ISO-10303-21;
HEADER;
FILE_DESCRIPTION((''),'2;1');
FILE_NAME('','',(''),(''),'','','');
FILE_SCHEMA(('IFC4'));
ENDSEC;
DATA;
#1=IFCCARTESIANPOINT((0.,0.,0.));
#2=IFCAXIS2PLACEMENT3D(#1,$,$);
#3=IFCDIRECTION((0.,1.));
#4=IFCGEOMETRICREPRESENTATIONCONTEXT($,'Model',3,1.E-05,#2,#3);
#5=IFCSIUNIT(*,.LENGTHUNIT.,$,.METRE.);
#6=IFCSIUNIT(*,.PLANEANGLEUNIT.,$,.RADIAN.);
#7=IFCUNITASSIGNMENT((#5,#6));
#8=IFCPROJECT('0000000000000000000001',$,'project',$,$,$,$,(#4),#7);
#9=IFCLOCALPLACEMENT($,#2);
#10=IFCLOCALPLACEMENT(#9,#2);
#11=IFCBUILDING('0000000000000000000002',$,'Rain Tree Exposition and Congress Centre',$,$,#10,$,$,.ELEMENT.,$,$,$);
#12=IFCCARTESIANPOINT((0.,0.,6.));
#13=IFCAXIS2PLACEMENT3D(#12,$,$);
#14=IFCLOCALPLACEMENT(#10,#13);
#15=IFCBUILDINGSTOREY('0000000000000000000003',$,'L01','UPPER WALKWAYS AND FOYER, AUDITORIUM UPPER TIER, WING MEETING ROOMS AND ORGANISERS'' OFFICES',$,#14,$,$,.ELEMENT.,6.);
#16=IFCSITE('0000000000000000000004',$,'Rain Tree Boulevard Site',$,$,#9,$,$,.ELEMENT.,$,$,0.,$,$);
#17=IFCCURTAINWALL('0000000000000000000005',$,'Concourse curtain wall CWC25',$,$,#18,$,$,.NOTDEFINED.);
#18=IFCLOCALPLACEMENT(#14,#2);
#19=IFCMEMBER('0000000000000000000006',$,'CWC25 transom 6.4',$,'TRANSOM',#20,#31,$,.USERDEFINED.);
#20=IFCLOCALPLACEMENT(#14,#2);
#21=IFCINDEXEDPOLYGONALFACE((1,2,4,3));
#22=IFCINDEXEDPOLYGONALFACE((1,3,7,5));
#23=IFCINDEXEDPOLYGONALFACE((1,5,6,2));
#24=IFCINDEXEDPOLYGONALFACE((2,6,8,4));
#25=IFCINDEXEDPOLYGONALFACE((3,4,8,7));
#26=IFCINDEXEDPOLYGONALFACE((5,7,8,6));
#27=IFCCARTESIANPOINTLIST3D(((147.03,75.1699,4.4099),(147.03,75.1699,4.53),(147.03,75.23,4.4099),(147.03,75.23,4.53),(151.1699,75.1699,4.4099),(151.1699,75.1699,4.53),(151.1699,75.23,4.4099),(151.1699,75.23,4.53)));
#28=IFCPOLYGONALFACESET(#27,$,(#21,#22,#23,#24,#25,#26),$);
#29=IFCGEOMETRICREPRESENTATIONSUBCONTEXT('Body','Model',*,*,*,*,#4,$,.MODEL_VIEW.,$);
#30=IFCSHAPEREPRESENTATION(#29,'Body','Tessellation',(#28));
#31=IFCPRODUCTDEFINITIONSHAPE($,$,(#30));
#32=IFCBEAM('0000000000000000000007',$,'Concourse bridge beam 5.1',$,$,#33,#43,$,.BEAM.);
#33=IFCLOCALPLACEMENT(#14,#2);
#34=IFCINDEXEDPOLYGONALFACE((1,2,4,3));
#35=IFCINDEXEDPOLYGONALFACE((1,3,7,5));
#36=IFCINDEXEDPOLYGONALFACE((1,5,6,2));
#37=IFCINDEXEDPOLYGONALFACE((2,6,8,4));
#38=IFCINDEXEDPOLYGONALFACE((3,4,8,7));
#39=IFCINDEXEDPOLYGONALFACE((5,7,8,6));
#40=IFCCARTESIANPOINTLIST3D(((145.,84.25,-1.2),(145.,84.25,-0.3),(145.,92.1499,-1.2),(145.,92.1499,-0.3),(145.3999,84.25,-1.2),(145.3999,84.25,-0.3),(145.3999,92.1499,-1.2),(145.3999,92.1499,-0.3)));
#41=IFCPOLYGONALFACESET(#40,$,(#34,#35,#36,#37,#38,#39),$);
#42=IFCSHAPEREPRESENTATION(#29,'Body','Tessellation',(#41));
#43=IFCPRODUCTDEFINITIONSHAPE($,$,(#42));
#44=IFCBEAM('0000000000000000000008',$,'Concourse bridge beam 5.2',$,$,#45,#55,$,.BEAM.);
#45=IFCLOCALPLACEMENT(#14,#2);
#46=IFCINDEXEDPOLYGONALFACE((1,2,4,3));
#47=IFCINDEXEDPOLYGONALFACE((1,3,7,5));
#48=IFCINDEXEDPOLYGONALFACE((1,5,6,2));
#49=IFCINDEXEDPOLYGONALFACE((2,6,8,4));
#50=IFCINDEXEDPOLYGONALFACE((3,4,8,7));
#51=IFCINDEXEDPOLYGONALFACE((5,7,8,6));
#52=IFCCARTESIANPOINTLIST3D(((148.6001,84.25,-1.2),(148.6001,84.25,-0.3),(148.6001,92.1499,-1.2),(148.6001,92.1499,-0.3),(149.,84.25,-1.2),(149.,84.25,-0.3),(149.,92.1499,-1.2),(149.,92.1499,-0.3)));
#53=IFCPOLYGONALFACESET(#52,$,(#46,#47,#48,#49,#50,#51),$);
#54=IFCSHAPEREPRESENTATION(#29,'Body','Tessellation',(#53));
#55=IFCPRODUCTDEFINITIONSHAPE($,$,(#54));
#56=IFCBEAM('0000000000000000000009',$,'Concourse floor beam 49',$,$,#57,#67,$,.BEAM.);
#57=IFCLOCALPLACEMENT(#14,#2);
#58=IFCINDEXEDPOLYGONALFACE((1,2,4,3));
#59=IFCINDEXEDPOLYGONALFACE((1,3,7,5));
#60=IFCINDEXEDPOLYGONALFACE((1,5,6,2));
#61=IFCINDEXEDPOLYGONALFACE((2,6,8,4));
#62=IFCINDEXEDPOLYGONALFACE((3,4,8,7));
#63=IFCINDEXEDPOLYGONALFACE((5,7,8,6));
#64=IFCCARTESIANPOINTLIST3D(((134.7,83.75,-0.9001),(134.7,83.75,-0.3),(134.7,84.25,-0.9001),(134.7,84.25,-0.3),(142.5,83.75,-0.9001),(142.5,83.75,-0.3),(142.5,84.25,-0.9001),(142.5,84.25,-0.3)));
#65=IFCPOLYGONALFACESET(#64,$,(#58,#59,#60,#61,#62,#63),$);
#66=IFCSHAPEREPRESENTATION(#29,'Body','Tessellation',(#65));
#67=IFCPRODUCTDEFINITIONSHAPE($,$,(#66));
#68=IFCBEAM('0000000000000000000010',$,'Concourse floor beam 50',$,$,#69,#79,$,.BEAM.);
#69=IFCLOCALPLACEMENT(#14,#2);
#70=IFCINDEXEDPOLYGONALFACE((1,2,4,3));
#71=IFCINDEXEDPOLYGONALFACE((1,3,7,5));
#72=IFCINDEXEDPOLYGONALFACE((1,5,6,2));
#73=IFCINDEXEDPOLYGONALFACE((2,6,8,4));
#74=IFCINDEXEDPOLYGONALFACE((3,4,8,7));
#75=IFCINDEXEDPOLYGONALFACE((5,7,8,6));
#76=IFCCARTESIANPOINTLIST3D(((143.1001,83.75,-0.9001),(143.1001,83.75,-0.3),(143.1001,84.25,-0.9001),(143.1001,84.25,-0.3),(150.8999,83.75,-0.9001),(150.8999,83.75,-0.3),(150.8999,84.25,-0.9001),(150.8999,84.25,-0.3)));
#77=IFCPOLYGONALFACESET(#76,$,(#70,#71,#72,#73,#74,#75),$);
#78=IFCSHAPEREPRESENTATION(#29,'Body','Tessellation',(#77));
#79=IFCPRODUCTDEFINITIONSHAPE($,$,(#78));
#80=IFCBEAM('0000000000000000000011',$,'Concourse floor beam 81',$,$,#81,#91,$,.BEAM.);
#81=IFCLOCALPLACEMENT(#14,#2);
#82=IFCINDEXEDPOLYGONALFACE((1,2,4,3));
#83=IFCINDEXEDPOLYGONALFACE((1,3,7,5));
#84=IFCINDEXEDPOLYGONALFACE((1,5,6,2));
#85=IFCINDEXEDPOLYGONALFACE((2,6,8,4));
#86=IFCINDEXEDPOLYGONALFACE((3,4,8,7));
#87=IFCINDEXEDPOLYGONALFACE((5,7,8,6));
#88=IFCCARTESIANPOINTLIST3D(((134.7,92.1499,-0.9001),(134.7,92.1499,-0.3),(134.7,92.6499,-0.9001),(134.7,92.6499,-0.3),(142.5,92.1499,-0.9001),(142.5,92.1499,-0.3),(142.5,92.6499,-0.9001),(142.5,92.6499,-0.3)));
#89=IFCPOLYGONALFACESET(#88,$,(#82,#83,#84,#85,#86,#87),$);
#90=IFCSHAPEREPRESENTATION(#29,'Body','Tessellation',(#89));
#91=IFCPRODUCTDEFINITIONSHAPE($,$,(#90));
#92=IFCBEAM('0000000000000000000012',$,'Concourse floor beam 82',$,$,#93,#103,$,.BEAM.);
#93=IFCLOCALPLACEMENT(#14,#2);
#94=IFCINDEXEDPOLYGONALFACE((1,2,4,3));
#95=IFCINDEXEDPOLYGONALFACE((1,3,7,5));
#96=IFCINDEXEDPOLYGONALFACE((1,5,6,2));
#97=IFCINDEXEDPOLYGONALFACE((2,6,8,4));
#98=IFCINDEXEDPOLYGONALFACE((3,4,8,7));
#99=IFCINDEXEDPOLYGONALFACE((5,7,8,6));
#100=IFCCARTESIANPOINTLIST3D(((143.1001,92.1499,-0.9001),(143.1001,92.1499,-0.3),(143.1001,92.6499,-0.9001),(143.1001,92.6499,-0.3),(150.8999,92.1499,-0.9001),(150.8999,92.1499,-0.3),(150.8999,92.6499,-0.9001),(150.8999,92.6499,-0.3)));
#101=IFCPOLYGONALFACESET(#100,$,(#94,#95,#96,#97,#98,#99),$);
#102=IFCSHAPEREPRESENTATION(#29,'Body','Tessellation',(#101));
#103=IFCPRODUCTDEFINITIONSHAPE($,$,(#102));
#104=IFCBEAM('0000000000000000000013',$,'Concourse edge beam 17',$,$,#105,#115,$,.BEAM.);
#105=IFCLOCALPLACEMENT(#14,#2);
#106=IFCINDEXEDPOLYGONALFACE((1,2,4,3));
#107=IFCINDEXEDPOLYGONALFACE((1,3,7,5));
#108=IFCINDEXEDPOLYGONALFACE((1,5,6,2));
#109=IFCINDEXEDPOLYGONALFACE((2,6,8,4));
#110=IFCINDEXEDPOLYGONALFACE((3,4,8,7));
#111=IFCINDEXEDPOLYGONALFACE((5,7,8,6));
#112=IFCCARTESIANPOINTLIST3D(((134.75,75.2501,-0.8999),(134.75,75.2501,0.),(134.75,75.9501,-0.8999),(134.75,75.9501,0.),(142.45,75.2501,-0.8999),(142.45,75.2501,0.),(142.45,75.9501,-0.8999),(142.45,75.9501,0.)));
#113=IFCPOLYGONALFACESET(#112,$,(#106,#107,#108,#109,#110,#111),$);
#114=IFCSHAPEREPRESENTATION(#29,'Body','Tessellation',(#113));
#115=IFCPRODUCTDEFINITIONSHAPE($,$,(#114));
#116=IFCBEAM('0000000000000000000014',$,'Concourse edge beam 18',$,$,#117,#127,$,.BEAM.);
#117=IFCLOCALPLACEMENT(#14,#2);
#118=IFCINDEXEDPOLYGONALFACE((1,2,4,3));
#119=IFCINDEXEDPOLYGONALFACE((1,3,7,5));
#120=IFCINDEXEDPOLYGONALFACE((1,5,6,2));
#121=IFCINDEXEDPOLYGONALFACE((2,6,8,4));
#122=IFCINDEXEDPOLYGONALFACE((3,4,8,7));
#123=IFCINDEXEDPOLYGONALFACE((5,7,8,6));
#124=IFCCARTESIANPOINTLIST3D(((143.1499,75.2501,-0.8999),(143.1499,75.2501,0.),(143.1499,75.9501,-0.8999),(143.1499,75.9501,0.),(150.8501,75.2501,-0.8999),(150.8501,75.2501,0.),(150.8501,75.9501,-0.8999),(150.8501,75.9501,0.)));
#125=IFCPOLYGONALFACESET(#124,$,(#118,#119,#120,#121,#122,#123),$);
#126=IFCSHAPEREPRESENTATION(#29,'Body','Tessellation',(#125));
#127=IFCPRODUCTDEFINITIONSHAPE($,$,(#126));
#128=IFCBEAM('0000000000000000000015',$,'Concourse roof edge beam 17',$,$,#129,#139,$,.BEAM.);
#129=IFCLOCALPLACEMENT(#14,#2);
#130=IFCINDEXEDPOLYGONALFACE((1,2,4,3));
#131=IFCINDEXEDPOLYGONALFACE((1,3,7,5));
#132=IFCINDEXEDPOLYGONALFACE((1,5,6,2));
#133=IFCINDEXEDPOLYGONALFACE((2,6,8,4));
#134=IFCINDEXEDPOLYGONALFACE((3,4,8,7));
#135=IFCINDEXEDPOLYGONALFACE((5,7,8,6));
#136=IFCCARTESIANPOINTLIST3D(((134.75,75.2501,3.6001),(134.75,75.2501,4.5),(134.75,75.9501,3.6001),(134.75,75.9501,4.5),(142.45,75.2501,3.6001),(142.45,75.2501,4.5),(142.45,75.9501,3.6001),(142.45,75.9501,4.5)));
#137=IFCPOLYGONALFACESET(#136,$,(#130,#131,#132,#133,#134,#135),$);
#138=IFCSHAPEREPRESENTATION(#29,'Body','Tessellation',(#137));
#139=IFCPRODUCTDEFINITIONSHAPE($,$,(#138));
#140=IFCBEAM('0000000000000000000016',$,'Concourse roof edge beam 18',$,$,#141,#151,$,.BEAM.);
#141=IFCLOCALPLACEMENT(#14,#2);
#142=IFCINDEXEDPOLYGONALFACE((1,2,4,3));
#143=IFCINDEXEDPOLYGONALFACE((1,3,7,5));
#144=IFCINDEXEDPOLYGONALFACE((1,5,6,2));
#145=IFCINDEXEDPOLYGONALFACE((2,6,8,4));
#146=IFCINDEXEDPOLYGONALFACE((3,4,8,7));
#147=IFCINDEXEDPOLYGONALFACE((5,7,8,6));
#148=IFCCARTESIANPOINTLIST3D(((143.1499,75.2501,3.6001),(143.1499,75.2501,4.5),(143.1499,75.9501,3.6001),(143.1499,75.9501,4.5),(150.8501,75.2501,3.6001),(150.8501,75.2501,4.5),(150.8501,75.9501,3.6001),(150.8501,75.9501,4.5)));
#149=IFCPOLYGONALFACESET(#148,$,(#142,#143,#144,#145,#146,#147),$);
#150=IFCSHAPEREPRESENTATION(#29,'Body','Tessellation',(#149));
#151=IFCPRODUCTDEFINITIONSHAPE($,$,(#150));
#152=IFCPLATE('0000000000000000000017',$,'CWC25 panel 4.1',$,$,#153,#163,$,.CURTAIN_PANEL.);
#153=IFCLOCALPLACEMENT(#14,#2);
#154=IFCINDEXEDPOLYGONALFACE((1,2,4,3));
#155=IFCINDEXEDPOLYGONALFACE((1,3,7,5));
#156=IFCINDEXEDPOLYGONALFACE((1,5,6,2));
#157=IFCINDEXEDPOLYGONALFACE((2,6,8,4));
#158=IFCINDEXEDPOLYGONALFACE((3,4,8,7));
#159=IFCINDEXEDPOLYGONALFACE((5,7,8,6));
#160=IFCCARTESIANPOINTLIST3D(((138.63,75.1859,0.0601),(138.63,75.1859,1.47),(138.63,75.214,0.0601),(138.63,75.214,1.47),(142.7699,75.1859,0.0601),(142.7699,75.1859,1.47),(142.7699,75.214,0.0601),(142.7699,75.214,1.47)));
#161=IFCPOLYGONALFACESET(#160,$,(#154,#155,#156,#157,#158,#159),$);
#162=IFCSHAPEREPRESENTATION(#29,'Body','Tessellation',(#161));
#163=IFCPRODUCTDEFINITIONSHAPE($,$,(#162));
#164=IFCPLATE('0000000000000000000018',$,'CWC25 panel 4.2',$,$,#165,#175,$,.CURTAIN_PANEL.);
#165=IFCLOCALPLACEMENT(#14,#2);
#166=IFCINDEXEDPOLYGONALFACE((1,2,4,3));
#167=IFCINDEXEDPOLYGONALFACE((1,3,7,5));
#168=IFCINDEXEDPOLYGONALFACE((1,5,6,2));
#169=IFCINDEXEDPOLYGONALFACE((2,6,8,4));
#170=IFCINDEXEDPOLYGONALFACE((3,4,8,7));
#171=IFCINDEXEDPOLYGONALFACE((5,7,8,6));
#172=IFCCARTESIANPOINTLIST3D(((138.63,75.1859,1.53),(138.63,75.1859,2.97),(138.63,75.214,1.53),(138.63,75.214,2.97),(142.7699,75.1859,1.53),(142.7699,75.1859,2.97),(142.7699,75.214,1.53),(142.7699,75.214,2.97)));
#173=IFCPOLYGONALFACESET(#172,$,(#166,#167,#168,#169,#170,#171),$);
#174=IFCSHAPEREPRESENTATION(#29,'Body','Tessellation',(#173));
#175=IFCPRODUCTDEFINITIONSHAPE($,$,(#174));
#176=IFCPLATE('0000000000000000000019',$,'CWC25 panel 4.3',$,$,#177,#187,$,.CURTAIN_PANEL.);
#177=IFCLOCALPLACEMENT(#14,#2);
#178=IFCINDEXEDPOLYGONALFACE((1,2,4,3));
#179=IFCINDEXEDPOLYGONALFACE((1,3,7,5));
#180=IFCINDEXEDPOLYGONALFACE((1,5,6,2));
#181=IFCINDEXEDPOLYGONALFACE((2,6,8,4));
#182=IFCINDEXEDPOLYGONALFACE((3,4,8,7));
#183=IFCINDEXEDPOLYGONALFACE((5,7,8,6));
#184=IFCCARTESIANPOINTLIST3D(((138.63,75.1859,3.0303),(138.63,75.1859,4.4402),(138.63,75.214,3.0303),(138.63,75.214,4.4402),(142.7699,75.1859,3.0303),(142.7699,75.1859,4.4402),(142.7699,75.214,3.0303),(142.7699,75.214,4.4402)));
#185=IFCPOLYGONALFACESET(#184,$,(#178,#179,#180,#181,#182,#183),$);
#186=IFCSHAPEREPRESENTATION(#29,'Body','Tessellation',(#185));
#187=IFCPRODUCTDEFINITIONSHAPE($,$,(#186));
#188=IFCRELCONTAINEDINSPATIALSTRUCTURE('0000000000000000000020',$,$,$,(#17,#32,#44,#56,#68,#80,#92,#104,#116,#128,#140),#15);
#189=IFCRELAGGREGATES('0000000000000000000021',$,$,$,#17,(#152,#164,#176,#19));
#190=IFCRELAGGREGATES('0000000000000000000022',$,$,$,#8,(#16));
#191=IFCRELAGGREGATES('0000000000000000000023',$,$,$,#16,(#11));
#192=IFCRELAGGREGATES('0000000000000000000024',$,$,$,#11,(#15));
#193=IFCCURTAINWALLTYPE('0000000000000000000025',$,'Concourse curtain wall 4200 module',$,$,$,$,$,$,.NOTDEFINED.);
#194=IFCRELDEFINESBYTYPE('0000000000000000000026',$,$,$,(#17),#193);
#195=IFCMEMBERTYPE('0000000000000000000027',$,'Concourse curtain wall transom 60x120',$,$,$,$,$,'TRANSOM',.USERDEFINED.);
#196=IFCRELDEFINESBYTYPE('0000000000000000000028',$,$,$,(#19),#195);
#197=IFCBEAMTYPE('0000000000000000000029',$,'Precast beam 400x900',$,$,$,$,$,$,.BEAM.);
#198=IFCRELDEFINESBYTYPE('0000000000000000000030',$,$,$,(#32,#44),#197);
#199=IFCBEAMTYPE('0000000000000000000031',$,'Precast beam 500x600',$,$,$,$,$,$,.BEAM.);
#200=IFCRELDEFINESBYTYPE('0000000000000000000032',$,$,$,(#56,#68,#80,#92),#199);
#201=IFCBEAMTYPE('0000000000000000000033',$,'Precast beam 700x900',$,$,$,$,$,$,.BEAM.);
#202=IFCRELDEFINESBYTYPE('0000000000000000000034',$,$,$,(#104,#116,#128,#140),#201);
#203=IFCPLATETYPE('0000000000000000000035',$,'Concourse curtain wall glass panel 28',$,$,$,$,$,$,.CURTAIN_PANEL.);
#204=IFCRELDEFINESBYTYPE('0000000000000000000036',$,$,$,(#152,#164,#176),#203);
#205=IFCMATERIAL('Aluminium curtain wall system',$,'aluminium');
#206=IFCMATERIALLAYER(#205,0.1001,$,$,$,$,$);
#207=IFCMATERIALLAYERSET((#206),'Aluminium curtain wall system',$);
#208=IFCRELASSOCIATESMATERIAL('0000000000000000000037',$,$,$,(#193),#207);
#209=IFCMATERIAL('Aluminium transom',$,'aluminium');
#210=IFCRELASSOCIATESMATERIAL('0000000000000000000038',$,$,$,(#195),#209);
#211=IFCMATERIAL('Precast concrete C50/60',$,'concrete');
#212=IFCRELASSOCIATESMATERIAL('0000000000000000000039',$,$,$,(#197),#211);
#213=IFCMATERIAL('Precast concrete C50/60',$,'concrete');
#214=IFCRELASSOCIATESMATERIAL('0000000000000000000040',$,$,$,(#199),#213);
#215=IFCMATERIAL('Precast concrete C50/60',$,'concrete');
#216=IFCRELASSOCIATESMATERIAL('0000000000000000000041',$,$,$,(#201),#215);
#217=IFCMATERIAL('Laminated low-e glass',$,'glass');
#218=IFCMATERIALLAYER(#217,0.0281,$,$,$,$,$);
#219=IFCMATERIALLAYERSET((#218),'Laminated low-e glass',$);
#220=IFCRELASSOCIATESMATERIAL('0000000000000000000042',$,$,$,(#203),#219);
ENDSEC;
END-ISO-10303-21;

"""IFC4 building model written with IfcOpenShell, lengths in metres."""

from ifc_helpers import new_model, si_unit, direction, frame, origin, origin_2d, place, context, subcontext, project, spatial, rectangle, extrude, material, layer, layer_set, material_profile, profile_set, type_object, element, aggregate, save


model = new_model("IFC4")

# Units and contexts
model_context = context("Model", 3, precision=1e-05, world=origin(), true_north=direction((0.0, 1.0)))
body_context = subcontext(model_context, "Body", "Model", "MODEL_VIEW")
ifc_project = project(units=[si_unit("LENGTHUNIT", "METRE"), si_unit("PLANEANGLEUNIT", "RADIAN")], contexts=[model_context])

# Site, building, storey
site_placement = place(None, origin())
site = spatial("IfcSite", under=ifc_project, at=site_placement, Name="Rain Tree Boulevard Site", CompositionType="ELEMENT", RefElevation=0.0)
building_placement = place(site_placement, origin())
building = spatial("IfcBuilding", under=site, at=building_placement, Name="Rain Tree Exposition and Congress Centre", CompositionType="ELEMENT")
storey_placement = place(building_placement, frame((0.0, 0.0, 6.0)))
storey = spatial("IfcBuildingStorey", under=building, at=storey_placement, Name="L01", Description="UPPER WALKWAYS AND FOYER, AUDITORIUM UPPER TIER, WING MEETING ROOMS AND ORGANISERS' OFFICES", CompositionType="ELEMENT", Elevation=6.0)

# Curtain wall, member
ifc_material_1 = material(Name="Aluminium curtain wall system", Category="aluminium")
ifc_layer_1 = layer(ifc_material_1, 0.1001)
ifc_layer_set_1 = layer_set([ifc_layer_1], Name="Aluminium curtain wall system")
curtain_wall_type = type_object("IfcCurtainWallType", Name="Concourse curtain wall 4200 module", PredefinedType="NOTDEFINED", material=ifc_layer_set_1)
curtain_wall_placement = place(storey_placement, origin())
curtain_wall = element("IfcCurtainWall", 1, at=curtain_wall_placement, inside=storey, type_object=curtain_wall_type, Name="Concourse curtain wall CWC25", PredefinedType="NOTDEFINED")
ifc_material_2 = material(Name="Aluminium transom", Category="aluminium")
ifc_material_profile_1 = material_profile(ifc_material_2, rectangle(XDim=0.0601, YDim=0.1201, at=origin_2d()), Name="AL 60x120")
ifc_profile_set_1 = profile_set([ifc_material_profile_1], Name="Aluminium transom")
member_type_1 = type_object("IfcMemberType", Name="Concourse curtain wall transom 60x120", ElementType="TRANSOM", PredefinedType="USERDEFINED", material=ifc_profile_set_1)
member_1_placement = place(storey_placement, frame((147.03, 75.2, 4.47), z_axis=(1.0, 0.0, 0.0), x_axis=(0.0, 1.0, 0.0)))
member_1 = element("IfcMember", 2, at=member_1_placement, type_object=member_type_1, Name="CWC25 transom 6.4", ObjectType="TRANSOM", PredefinedType="USERDEFINED", context=body_context, shape_type="SweptSolid", body=[
    extrude(rectangle(XDim=0.0601, YDim=0.1201, at=origin_2d()), origin(), (0.0, 0.0, 1.0), 4.1399),
])

# Beams
ifc_material_3 = material(Name="Precast concrete C50/60", Category="concrete")
ifc_material_profile_2 = material_profile(ifc_material_3, rectangle(XDim=0.3999, YDim=0.8999, at=origin_2d()), Name="RC 400x900")
ifc_profile_set_2 = profile_set([ifc_material_profile_2], Name="Precast concrete C50/60")
beam_type_1 = type_object("IfcBeamType", Name="Precast beam 400x900", PredefinedType="BEAM", material=ifc_profile_set_2)
for number, where, z_axis, x_axis, name in (
    (3, (145.2, 84.25, -0.75), (0.0, 1.0, 0.0), (-1.0, 0.0, 0.0), "Concourse bridge beam 5.1"),
    (4, (148.8, 84.25, -0.75), (0.0, 1.0, 0.0), (-1.0, 0.0, 0.0), "Concourse bridge beam 5.2"),
):
    element("IfcBeam", number, at=place(storey_placement, frame(where, z_axis=z_axis, x_axis=x_axis)), inside=storey, type_object=beam_type_1, Name=name, PredefinedType="BEAM", context=body_context, shape_type="SweptSolid", body=[
        extrude(rectangle(XDim=0.3999, YDim=0.8999, at=origin_2d()), origin(), (0.0, 0.0, 1.0), 7.8999),
    ])
ifc_material_4 = material(Name="Precast concrete C50/60", Category="concrete")
ifc_material_profile_3 = material_profile(ifc_material_4, rectangle(XDim=0.5, YDim=0.6001, at=origin_2d()), Name="RC 500x600")
ifc_profile_set_3 = profile_set([ifc_material_profile_3], Name="Precast concrete C50/60")
beam_type_2 = type_object("IfcBeamType", Name="Precast beam 500x600", PredefinedType="BEAM", material=ifc_profile_set_3)
beam_1_placement = place(storey_placement, frame((134.7, 84.0, -0.6001), z_axis=(1.0, 0.0, 0.0), x_axis=(0.0, 1.0, 0.0)))
element("IfcBeam", 5, at=beam_1_placement, inside=storey, type_object=beam_type_2, Name="Concourse floor beam 49", PredefinedType="BEAM", context=body_context, shape_type="SweptSolid", body=[
    extrude(rectangle(XDim=0.5, YDim=0.6001, at=origin_2d()), origin(), (0.0, 0.0, 1.0), 7.8),
])
beam_2_placement = place(storey_placement, frame((143.1001, 84.0, -0.6001), z_axis=(1.0, 0.0, 0.0), x_axis=(0.0, 1.0, 0.0)))
element("IfcBeam", 6, at=beam_2_placement, inside=storey, type_object=beam_type_2, Name="Concourse floor beam 50", PredefinedType="BEAM", context=body_context, shape_type="SweptSolid", body=[
    extrude(rectangle(XDim=0.5, YDim=0.6001, at=origin_2d()), origin(), (0.0, 0.0, 1.0), 7.7998),
])
beam_3_placement = place(storey_placement, frame((134.7, 92.3999, -0.6001), z_axis=(1.0, 0.0, 0.0), x_axis=(0.0, 1.0, 0.0)))
element("IfcBeam", 7, at=beam_3_placement, inside=storey, type_object=beam_type_2, Name="Concourse floor beam 81", PredefinedType="BEAM", context=body_context, shape_type="SweptSolid", body=[
    extrude(rectangle(XDim=0.5, YDim=0.6001, at=origin_2d()), origin(), (0.0, 0.0, 1.0), 7.8),
])
beam_4_placement = place(storey_placement, frame((143.1001, 92.3999, -0.6001), z_axis=(1.0, 0.0, 0.0), x_axis=(0.0, 1.0, 0.0)))
element("IfcBeam", 8, at=beam_4_placement, inside=storey, type_object=beam_type_2, Name="Concourse floor beam 82", PredefinedType="BEAM", context=body_context, shape_type="SweptSolid", body=[
    extrude(rectangle(XDim=0.5, YDim=0.6001, at=origin_2d()), origin(), (0.0, 0.0, 1.0), 7.7998),
])
ifc_material_5 = material(Name="Precast concrete C50/60", Category="concrete")
ifc_material_profile_4 = material_profile(ifc_material_5, rectangle(XDim=0.7, YDim=0.8999, at=origin_2d()), Name="RC 700x900")
ifc_profile_set_4 = profile_set([ifc_material_profile_4], Name="Precast concrete C50/60")
beam_type_3 = type_object("IfcBeamType", Name="Precast beam 700x900", PredefinedType="BEAM", material=ifc_profile_set_4)
beam_5_placement = place(storey_placement, frame((134.75, 75.6001, -0.45), z_axis=(1.0, 0.0, 0.0), x_axis=(0.0, 1.0, 0.0)))
element("IfcBeam", 9, at=beam_5_placement, inside=storey, type_object=beam_type_3, Name="Concourse edge beam 17", PredefinedType="BEAM", context=body_context, shape_type="SweptSolid", body=[
    extrude(rectangle(XDim=0.7, YDim=0.8999, at=origin_2d()), origin(), (0.0, 0.0, 1.0), 7.7),
])
beam_6_placement = place(storey_placement, frame((143.1499, 75.6001, -0.45), z_axis=(1.0, 0.0, 0.0), x_axis=(0.0, 1.0, 0.0)))
element("IfcBeam", 10, at=beam_6_placement, inside=storey, type_object=beam_type_3, Name="Concourse edge beam 18", PredefinedType="BEAM", context=body_context, shape_type="SweptSolid", body=[
    extrude(rectangle(XDim=0.7, YDim=0.8999, at=origin_2d()), origin(), (0.0, 0.0, 1.0), 7.7002),
])
beam_7_placement = place(storey_placement, frame((134.75, 75.6001, 4.05), z_axis=(1.0, 0.0, 0.0), x_axis=(0.0, 1.0, 0.0)))
element("IfcBeam", 11, at=beam_7_placement, inside=storey, type_object=beam_type_3, Name="Concourse roof edge beam 17", PredefinedType="BEAM", context=body_context, shape_type="SweptSolid", body=[
    extrude(rectangle(XDim=0.7, YDim=0.8999, at=origin_2d()), origin(), (0.0, 0.0, 1.0), 7.7),
])
beam_8_placement = place(storey_placement, frame((143.1499, 75.6001, 4.05), z_axis=(1.0, 0.0, 0.0), x_axis=(0.0, 1.0, 0.0)))
element("IfcBeam", 12, at=beam_8_placement, inside=storey, type_object=beam_type_3, Name="Concourse roof edge beam 18", PredefinedType="BEAM", context=body_context, shape_type="SweptSolid", body=[
    extrude(rectangle(XDim=0.7, YDim=0.8999, at=origin_2d()), origin(), (0.0, 0.0, 1.0), 7.7002),
])

# Plates
ifc_material_6 = material(Name="Laminated low-e glass", Category="glass")
ifc_layer_2 = layer(ifc_material_6, 0.0281)
ifc_layer_set_2 = layer_set([ifc_layer_2], Name="Laminated low-e glass")
plate_type = type_object("IfcPlateType", Name="Concourse curtain wall glass panel 28", PredefinedType="CURTAIN_PANEL", material=ifc_layer_set_2)
plate_1_placement = place(storey_placement, frame((140.7, 75.2, 0.0601), z_axis=(0.0, 0.0, 1.0), x_axis=(1.0, 0.0, 0.0)))
plate_1 = element("IfcPlate", 13, at=plate_1_placement, type_object=plate_type, Name="CWC25 panel 4.1", PredefinedType="CURTAIN_PANEL", context=body_context, shape_type="SweptSolid", body=[
    extrude(rectangle(XDim=4.1399, YDim=0.0281, at=origin_2d()), origin(), (0.0, 0.0, 1.0), 1.4099),
])
plate_2_placement = place(storey_placement, frame((140.7, 75.2, 1.53), z_axis=(0.0, 0.0, 1.0), x_axis=(1.0, 0.0, 0.0)))
plate_2 = element("IfcPlate", 14, at=plate_2_placement, type_object=plate_type, Name="CWC25 panel 4.2", PredefinedType="CURTAIN_PANEL", context=body_context, shape_type="SweptSolid", body=[
    extrude(rectangle(XDim=4.1399, YDim=0.0281, at=origin_2d()), origin(), (0.0, 0.0, 1.0), 1.4399),
])
plate_3_placement = place(storey_placement, frame((140.7, 75.2, 3.0303), z_axis=(0.0, 0.0, 1.0), x_axis=(1.0, 0.0, 0.0)))
plate_3 = element("IfcPlate", 15, at=plate_3_placement, type_object=plate_type, Name="CWC25 panel 4.3", PredefinedType="CURTAIN_PANEL", context=body_context, shape_type="SweptSolid", body=[
    extrude(rectangle(XDim=4.1399, YDim=0.0281, at=origin_2d()), origin(), (0.0, 0.0, 1.0), 1.4099),
])
aggregate(curtain_wall, [plate_1, plate_2, plate_3, member_1])

save(model, "model.ifc")
